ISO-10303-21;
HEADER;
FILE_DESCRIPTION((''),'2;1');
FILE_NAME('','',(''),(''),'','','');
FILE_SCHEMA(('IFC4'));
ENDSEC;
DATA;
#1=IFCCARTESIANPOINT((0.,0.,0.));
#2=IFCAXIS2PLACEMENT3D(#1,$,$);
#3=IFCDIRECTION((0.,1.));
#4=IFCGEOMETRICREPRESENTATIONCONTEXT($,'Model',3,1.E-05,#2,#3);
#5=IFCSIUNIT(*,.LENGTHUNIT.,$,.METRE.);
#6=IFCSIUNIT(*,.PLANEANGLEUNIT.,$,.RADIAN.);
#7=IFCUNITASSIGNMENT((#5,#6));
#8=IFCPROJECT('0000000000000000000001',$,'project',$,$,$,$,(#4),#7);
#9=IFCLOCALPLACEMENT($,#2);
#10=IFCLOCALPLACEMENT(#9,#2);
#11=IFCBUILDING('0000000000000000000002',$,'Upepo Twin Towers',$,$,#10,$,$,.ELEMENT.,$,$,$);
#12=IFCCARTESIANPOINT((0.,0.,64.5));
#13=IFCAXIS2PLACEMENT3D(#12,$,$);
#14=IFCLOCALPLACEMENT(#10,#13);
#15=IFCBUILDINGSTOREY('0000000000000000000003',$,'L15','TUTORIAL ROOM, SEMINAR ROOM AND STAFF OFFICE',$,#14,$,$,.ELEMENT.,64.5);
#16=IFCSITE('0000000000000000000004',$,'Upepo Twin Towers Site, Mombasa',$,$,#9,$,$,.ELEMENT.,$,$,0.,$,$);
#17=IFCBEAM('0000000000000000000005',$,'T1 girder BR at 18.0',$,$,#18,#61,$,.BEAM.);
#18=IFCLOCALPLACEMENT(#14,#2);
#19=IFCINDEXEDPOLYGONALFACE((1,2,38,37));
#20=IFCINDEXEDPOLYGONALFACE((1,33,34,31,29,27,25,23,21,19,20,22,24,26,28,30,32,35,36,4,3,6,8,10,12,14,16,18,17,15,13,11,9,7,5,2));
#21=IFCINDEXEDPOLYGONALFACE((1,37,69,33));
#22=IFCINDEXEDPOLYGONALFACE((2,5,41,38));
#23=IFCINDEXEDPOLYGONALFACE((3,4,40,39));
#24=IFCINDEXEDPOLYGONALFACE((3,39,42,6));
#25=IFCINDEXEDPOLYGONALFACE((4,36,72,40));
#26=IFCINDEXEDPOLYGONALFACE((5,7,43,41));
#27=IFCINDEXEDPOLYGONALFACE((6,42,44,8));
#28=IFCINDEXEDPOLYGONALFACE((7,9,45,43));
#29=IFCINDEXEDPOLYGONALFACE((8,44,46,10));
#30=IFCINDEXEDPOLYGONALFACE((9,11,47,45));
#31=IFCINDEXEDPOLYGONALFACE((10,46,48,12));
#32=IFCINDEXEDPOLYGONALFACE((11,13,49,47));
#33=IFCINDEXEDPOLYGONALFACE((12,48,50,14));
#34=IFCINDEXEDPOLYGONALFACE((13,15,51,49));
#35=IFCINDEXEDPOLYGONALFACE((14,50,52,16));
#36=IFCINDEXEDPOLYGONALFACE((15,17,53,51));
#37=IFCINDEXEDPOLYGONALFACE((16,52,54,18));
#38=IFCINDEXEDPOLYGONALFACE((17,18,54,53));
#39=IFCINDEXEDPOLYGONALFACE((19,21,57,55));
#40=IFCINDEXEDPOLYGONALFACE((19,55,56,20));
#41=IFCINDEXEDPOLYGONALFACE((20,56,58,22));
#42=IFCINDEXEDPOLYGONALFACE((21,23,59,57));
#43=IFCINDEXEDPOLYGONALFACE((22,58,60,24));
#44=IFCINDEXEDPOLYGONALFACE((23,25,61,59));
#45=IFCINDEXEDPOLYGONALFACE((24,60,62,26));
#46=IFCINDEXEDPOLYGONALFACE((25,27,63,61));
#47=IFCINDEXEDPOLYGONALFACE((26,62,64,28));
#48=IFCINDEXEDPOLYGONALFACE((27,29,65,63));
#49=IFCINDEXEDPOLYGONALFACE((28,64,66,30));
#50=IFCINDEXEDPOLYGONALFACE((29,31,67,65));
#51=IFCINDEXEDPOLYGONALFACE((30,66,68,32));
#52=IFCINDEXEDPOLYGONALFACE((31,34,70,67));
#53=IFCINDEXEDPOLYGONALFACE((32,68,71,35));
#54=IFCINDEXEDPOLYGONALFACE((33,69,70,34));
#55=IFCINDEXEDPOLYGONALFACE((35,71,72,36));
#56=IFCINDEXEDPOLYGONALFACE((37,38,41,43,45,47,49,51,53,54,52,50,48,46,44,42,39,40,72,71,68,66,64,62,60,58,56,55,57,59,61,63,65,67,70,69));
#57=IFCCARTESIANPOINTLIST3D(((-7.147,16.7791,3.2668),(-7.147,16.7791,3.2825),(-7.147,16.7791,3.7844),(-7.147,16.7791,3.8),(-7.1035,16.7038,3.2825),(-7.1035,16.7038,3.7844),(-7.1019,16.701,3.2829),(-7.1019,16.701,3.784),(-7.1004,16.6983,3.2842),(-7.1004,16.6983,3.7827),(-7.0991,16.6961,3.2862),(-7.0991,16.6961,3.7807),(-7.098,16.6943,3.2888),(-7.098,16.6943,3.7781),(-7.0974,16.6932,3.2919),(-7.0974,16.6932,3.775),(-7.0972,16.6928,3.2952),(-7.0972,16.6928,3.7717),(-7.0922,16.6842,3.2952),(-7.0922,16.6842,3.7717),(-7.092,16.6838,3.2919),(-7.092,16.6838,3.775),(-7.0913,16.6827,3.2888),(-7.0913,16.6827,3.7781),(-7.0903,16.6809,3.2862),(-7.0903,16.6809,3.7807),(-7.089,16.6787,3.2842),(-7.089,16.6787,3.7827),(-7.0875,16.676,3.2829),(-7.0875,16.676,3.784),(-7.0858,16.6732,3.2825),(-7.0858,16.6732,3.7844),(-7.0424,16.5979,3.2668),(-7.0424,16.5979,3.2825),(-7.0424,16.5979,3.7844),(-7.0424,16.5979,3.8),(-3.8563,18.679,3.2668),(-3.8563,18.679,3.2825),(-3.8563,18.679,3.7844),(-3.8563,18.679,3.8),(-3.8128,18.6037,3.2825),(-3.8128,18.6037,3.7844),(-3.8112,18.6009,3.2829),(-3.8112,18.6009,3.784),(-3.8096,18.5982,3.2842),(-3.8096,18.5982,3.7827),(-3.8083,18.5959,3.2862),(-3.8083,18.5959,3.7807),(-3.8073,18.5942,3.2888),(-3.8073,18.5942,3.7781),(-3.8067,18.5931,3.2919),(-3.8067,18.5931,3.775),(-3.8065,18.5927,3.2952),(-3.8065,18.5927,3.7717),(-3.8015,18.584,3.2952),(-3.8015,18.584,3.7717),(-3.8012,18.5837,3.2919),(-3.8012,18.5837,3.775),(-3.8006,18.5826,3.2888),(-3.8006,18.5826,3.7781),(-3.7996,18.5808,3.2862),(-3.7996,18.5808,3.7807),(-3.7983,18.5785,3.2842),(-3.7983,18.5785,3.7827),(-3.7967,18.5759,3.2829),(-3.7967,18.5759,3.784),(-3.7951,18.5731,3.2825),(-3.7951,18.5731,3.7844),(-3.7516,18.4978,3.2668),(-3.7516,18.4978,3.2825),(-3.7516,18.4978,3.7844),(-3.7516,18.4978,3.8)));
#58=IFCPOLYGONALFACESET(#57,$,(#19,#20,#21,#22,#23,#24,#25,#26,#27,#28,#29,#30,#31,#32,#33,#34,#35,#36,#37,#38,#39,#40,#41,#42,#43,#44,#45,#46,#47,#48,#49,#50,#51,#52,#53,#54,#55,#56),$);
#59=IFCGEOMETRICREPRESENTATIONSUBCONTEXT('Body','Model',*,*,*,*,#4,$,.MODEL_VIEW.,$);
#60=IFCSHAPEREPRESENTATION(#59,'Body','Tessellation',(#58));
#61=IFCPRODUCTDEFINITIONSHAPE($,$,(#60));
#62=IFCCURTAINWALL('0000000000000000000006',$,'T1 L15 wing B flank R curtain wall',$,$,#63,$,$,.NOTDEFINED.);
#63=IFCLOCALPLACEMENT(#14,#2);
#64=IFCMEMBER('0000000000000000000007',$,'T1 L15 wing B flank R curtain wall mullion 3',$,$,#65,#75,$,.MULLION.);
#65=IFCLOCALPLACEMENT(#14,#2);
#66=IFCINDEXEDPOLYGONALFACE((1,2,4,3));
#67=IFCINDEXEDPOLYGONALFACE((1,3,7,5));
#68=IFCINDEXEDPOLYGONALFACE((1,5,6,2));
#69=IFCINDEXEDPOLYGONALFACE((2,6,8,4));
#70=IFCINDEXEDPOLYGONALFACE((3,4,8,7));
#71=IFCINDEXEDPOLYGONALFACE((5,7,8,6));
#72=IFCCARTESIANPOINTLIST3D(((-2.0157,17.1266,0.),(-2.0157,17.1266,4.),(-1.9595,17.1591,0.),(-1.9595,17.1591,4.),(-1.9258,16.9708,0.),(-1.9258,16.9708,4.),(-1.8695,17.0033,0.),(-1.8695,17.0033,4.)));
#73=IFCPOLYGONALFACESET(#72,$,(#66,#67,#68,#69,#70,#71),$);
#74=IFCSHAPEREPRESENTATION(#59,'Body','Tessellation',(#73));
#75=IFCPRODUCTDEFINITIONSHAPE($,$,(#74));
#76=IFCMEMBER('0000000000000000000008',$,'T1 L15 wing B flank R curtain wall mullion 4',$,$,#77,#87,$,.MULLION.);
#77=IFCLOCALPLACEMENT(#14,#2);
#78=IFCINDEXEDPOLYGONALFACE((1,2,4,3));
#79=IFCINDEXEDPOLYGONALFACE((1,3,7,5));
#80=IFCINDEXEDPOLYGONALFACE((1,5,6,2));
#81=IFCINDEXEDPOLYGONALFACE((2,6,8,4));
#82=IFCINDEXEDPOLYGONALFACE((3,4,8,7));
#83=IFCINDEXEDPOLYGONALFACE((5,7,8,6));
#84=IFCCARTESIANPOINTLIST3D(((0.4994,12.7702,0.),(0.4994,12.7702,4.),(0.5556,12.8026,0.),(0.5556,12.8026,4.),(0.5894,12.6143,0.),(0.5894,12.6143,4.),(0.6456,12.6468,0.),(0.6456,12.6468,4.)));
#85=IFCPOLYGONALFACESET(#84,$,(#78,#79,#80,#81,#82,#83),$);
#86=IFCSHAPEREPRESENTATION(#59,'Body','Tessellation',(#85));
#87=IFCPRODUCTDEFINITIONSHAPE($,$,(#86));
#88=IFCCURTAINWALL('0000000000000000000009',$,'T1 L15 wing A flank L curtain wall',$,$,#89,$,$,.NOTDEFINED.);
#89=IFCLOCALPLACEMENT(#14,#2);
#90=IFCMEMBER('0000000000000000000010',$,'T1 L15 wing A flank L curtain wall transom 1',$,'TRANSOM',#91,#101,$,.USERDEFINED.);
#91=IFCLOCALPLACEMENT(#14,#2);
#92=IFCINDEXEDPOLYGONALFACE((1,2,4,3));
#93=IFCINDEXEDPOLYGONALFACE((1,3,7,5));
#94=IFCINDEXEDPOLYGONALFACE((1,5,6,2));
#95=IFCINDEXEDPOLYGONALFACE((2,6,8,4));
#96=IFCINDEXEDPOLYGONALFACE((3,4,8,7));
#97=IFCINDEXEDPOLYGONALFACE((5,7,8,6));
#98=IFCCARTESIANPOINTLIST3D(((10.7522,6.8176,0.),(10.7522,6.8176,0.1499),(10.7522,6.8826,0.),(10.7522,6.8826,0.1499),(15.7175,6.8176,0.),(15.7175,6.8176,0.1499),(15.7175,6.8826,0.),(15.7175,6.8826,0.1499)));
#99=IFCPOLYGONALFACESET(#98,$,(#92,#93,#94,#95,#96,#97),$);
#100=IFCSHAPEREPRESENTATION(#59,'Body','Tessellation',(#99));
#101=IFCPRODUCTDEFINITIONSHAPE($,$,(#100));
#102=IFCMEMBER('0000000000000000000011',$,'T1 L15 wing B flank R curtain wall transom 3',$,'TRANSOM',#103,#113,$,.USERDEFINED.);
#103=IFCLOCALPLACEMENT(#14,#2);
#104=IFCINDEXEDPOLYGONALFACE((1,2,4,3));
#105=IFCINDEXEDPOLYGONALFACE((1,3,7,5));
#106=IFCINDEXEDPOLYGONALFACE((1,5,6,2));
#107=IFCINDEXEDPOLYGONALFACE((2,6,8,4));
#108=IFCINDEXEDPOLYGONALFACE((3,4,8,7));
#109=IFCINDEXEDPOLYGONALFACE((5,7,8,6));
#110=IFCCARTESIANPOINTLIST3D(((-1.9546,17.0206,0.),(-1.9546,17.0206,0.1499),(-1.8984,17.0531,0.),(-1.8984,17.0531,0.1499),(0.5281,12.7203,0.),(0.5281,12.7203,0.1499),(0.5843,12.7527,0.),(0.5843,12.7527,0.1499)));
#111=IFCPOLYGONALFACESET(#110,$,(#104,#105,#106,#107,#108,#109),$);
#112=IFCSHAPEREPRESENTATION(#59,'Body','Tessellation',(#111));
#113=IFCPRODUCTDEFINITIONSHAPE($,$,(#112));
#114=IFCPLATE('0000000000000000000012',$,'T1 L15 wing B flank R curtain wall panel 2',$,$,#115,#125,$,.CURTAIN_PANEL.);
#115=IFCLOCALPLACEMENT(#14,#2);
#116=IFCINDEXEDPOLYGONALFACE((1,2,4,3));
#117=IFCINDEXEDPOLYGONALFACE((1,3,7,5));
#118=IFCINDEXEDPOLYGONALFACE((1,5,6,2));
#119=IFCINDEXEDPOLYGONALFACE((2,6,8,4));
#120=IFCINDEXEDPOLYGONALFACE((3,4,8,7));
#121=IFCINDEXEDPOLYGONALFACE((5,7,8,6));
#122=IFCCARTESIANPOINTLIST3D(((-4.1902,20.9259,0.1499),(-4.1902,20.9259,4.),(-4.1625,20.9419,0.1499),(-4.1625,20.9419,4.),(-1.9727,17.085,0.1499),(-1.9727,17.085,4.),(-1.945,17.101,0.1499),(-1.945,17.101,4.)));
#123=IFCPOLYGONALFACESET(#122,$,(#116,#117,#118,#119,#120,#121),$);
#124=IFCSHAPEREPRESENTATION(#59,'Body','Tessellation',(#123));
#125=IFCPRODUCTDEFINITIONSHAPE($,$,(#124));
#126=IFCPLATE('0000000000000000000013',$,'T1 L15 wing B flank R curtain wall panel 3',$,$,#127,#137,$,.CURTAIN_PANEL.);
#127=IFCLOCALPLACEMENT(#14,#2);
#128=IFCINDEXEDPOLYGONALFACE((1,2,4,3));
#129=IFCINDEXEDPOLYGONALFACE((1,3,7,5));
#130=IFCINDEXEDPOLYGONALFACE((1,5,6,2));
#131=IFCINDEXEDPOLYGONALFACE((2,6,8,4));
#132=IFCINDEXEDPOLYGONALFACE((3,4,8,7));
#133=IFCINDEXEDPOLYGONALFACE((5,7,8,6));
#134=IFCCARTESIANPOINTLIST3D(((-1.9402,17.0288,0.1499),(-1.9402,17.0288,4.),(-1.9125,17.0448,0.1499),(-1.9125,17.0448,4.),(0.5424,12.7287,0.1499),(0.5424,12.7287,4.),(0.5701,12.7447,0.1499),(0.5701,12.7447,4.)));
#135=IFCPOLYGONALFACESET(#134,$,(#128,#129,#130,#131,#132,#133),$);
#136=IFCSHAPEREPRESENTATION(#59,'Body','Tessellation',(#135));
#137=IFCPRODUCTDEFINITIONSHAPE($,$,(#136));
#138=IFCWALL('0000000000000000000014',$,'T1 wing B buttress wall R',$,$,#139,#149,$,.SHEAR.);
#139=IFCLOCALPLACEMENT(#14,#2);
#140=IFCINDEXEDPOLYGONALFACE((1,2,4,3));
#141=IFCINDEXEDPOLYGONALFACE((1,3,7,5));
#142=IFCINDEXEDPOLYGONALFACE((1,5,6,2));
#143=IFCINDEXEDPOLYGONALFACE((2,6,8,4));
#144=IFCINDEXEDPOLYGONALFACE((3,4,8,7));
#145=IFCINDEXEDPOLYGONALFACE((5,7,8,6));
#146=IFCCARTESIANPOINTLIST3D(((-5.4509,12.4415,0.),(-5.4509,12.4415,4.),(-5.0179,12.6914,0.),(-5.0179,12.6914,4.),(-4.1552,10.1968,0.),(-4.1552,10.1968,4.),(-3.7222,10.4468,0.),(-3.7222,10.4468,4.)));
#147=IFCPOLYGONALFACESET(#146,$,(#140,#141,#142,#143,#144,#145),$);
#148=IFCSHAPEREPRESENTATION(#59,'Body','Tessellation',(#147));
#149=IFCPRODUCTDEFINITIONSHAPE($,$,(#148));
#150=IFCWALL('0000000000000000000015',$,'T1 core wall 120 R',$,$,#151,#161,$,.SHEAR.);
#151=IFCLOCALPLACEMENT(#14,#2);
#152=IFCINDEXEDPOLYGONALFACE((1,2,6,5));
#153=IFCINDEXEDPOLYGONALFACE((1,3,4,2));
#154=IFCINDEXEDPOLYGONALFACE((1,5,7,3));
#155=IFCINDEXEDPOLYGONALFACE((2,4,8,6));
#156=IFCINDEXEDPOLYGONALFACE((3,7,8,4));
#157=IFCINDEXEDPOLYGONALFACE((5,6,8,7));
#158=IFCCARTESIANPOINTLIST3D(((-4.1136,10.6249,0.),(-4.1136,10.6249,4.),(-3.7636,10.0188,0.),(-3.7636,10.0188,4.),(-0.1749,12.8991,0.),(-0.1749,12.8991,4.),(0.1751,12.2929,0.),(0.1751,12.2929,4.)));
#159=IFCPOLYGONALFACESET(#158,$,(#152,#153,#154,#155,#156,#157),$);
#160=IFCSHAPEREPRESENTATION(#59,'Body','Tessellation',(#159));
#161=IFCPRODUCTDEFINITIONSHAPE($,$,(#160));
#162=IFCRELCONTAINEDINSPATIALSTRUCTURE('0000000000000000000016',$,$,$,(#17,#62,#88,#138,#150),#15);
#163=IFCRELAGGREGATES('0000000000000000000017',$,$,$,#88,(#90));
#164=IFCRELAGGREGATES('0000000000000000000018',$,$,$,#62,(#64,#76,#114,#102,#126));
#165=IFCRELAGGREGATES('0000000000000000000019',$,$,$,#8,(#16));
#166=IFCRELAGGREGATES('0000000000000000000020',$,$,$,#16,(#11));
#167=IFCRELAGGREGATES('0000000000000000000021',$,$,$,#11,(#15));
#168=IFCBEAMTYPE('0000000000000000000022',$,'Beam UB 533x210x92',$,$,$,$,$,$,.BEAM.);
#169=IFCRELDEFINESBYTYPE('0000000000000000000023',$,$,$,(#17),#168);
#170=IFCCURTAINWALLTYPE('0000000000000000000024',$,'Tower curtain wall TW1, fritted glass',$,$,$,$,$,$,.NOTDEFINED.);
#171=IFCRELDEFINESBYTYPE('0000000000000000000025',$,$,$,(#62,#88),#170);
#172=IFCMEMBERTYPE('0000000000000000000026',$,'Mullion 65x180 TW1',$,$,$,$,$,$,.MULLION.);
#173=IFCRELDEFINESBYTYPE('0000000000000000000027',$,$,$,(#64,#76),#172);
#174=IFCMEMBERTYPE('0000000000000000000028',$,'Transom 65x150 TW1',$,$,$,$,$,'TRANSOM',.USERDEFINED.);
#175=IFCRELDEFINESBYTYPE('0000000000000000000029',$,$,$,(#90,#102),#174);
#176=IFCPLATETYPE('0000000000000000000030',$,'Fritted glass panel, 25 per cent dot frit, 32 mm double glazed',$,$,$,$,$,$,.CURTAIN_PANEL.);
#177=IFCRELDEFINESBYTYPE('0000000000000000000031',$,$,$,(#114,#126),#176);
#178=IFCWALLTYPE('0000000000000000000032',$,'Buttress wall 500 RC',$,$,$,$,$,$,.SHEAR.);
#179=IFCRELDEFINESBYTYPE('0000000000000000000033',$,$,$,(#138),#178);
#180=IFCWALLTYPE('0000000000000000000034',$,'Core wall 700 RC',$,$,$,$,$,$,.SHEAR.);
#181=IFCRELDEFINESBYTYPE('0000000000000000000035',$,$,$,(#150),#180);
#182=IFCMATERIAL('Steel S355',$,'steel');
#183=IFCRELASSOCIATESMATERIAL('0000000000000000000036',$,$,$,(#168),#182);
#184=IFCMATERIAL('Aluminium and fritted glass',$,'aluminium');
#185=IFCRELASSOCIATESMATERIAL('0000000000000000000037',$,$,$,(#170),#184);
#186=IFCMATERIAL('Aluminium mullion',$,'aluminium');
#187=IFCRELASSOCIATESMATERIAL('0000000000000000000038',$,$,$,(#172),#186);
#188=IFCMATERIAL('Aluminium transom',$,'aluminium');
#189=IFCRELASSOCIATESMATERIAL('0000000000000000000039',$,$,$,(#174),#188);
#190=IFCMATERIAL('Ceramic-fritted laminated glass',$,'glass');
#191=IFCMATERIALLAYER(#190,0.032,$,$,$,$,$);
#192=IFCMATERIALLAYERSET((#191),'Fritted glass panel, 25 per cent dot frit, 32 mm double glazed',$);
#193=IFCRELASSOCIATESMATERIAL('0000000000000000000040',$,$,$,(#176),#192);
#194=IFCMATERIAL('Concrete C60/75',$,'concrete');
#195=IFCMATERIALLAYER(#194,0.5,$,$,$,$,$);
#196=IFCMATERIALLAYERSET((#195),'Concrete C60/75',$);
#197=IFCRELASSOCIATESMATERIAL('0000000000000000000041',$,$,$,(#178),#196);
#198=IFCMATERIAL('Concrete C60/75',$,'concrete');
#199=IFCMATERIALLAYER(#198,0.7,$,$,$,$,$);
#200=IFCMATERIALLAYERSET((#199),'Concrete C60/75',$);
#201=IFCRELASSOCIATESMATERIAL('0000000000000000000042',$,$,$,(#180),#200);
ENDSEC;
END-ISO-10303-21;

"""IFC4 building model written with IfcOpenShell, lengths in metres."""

from ifc_helpers import new_model, si_unit, direction, frame, frame_2d, origin, origin_2d, place, context, subcontext, project, spatial, rectangle, i_section, extrude, material, layer, layer_set, material_profile, profile_set, type_object, element, aggregate, save


model = new_model("IFC4")

# Units and contexts
model_context = context("Model", 3, precision=1e-05, world=origin(), true_north=direction((0.0, 1.0)))
body_context = subcontext(model_context, "Body", "Model", "MODEL_VIEW")
ifc_project = project(units=[si_unit("LENGTHUNIT", "METRE"), si_unit("PLANEANGLEUNIT", "RADIAN")], contexts=[model_context])

# Site, building, storey
site_placement = place(None, origin())
site = spatial("IfcSite", under=ifc_project, at=site_placement, Name="Upepo Twin Towers Site, Mombasa", CompositionType="ELEMENT", RefElevation=0.0)
building_placement = place(site_placement, origin())
building = spatial("IfcBuilding", under=site, at=building_placement, Name="Upepo Twin Towers", CompositionType="ELEMENT")
storey_placement = place(building_placement, frame((0.0, 0.0, 64.5)))
storey = spatial("IfcBuildingStorey", under=building, at=storey_placement, Name="L15", Description="TUTORIAL ROOM, SEMINAR ROOM AND STAFF OFFICE", CompositionType="ELEMENT", Elevation=64.5)

# Beam
ifc_material_1 = material(Name="Steel S355", Category="steel")
ifc_material_profile_1 = material_profile(ifc_material_1, i_section(OverallWidth=0.2092, OverallDepth=0.5332, WebThickness=0.01, FlangeThickness=0.0156, FilletRadius=0.0127, at=origin_2d()), Name="UB 533x210x92")
ifc_profile_set_1 = profile_set([ifc_material_profile_1], Name="Steel S355")
beam_type_1 = type_object("IfcBeamType", Name="Beam UB 533x210x92", PredefinedType="BEAM", material=ifc_profile_set_1)
beam_1_placement = place(storey_placement, frame((-3.804, 18.5884, 3.5334), z_axis=(-0.866028, -0.499995, 0.0), x_axis=(0.499995, -0.866028, 0.0)))
element("IfcBeam", 1, at=beam_1_placement, inside=storey, type_object=beam_type_1, Name="T1 girder BR at 18.0", PredefinedType="BEAM", context=body_context, shape_type="SweptSolid", body=[
    extrude(i_section(OverallWidth=0.2092, OverallDepth=0.5332, WebThickness=0.01, FlangeThickness=0.0156, FilletRadius=0.0127, at=origin_2d()), origin(), (0.0, 0.0, 1.0), 3.7998),
])

# Curtain wall, members
ifc_material_2 = material(Name="Aluminium and fritted glass", Category="aluminium")
curtain_wall_type = type_object("IfcCurtainWallType", Name="Tower curtain wall TW1, fritted glass", PredefinedType="NOTDEFINED", material=ifc_material_2)
curtain_wall_1_placement = place(storey_placement, origin())
curtain_wall_1 = element("IfcCurtainWall", 2, at=curtain_wall_1_placement, inside=storey, type_object=curtain_wall_type, Name="T1 L15 wing B flank R curtain wall", PredefinedType="NOTDEFINED")
ifc_material_3 = material(Name="Aluminium mullion", Category="aluminium")
ifc_material_profile_2 = material_profile(ifc_material_3, rectangle(XDim=0.0649, YDim=0.1799, at=origin_2d()), Name="MULLION 65x180")
ifc_profile_set_2 = profile_set([ifc_material_profile_2], Name="Aluminium mullion")
member_type_1 = type_object("IfcMemberType", Name="Mullion 65x180 TW1", PredefinedType="MULLION", material=ifc_profile_set_2)
member_1_placement = place(storey_placement, frame((-1.9426, 17.0649, 0.0), z_axis=(0.0, 0.0, 1.0), x_axis=(0.866025, 0.5, 0.0)))
member_1 = element("IfcMember", 3, at=member_1_placement, type_object=member_type_1, Name="T1 L15 wing B flank R curtain wall mullion 3", PredefinedType="MULLION", context=body_context, shape_type="SweptSolid", body=[
    extrude(rectangle(XDim=0.0649, YDim=0.1799, at=origin_2d()), origin(), (0.0, 0.0, 1.0), 4.0),
])
member_2_placement = place(storey_placement, frame((0.5725, 12.7085, 0.0), z_axis=(0.0, 0.0, 1.0), x_axis=(0.866025, 0.5, 0.0)))
member_2 = element("IfcMember", 4, at=member_2_placement, type_object=member_type_1, Name="T1 L15 wing B flank R curtain wall mullion 4", PredefinedType="MULLION", context=body_context, shape_type="SweptSolid", body=[
    extrude(rectangle(XDim=0.0649, YDim=0.1799, at=origin_2d()), origin(), (0.0, 0.0, 1.0), 4.0),
])

# Curtain wall, member
curtain_wall_2_placement = place(storey_placement, origin())
curtain_wall_2 = element("IfcCurtainWall", 5, at=curtain_wall_2_placement, inside=storey, type_object=curtain_wall_type, Name="T1 L15 wing A flank L curtain wall", PredefinedType="NOTDEFINED")
ifc_material_4 = material(Name="Aluminium transom", Category="aluminium")
ifc_material_profile_3 = material_profile(ifc_material_4, rectangle(XDim=0.0649, YDim=0.1499, at=origin_2d()), Name="TRANSOM 65x150")
ifc_profile_set_3 = profile_set([ifc_material_profile_3], Name="Aluminium transom")
member_type_2 = type_object("IfcMemberType", Name="Transom 65x150 TW1", ElementType="TRANSOM", PredefinedType="USERDEFINED", material=ifc_profile_set_3)
member_3_placement = place(storey_placement, frame((10.7522, 6.8501, 0.075), z_axis=(1.0, 0.0, 0.0), x_axis=(0.0, 1.0, 0.0)))
member_3 = element("IfcMember", 6, at=member_3_placement, type_object=member_type_2, Name="T1 L15 wing A flank L curtain wall transom 1", ObjectType="TRANSOM", PredefinedType="USERDEFINED", context=body_context, shape_type="SweptSolid", body=[
    extrude(rectangle(XDim=0.0649, YDim=0.1499, at=origin_2d()), origin(), (0.0, 0.0, 1.0), 4.9653),
])
aggregate(curtain_wall_2, [member_3])

# Member
member_4_placement = place(storey_placement, frame((-1.9265, 17.0369, 0.075), z_axis=(0.499983, -0.866035, 0.0), x_axis=(0.866035, 0.499983, 0.0)))
member_4 = element("IfcMember", 7, at=member_4_placement, type_object=member_type_2, Name="T1 L15 wing B flank R curtain wall transom 3", ObjectType="TRANSOM", PredefinedType="USERDEFINED", context=body_context, shape_type="SweptSolid", body=[
    extrude(rectangle(XDim=0.0649, YDim=0.1499, at=origin_2d()), origin(), (0.0, 0.0, 1.0), 4.9656),
])

# Plates
ifc_material_5 = material(Name="Ceramic-fritted laminated glass", Category="glass")
ifc_layer_1 = layer(ifc_material_5, 0.032)
ifc_layer_set_1 = layer_set([ifc_layer_1], Name="Fritted glass panel, 25 per cent dot frit, 32 mm double glazed")
plate_type = type_object("IfcPlateType", Name="Fritted glass panel, 25 per cent dot frit, 32 mm double glazed", PredefinedType="CURTAIN_PANEL", material=ifc_layer_set_1)
plate_1_placement = place(storey_placement, frame((-3.0676, 19.0134, 0.1499), z_axis=(0.0, 0.0, 1.0), x_axis=(0.5, -0.866025, 0.0)))
plate_1 = element("IfcPlate", 8, at=plate_1_placement, type_object=plate_type, Name="T1 L15 wing B flank R curtain wall panel 2", PredefinedType="CURTAIN_PANEL", context=body_context, shape_type="SweptSolid", body=[
    extrude(rectangle(XDim=4.4351, YDim=0.032, at=origin_2d()), origin(), (0.0, 0.0, 1.0), 3.8501),
])
plate_2_placement = place(storey_placement, frame((-0.6851, 14.8867, 0.1499), z_axis=(0.0, 0.0, 1.0), x_axis=(0.5, -0.866025, 0.0)))
plate_2 = element("IfcPlate", 9, at=plate_2_placement, type_object=plate_type, Name="T1 L15 wing B flank R curtain wall panel 3", PredefinedType="CURTAIN_PANEL", context=body_context, shape_type="SweptSolid", body=[
    extrude(rectangle(XDim=4.9653, YDim=0.032, at=origin_2d()), origin(), (0.0, 0.0, 1.0), 3.8501),
])
aggregate(curtain_wall_1, [member_1, member_2, plate_1, member_4, plate_2])

# Walls
ifc_material_6 = material(Name="Concrete C60/75", Category="concrete")
ifc_layer_2 = layer(ifc_material_6, 0.5)
ifc_layer_set_2 = layer_set([ifc_layer_2], Name="Concrete C60/75")
wall_type_1 = type_object("IfcWallType", Name="Buttress wall 500 RC", PredefinedType="SHEAR", material=ifc_layer_set_2)
wall_1_placement = place(storey_placement, frame((-3.9387, 10.3218, 0.0), z_axis=(0.0, 0.0, 1.0), x_axis=(-0.499918, 0.866073, 0.0)))
element("IfcWall", 10, at=wall_1_placement, inside=storey, type_object=wall_type_1, Name="T1 wing B buttress wall R", PredefinedType="SHEAR", context=body_context, shape_type="SweptSolid", body=[
    extrude(rectangle(XDim=2.5918, YDim=0.5, at=frame_2d((1.2959, 0.0))), origin(), (0.0, 0.0, 1.0), 4.0),
])
ifc_material_7 = material(Name="Concrete C60/75", Category="concrete")
ifc_layer_3 = layer(ifc_material_7, 0.7)
ifc_layer_set_3 = layer_set([ifc_layer_3], Name="Concrete C60/75")
wall_type_2 = type_object("IfcWallType", Name="Core wall 700 RC", PredefinedType="SHEAR", material=ifc_layer_set_3)
wall_2_placement = place(storey_placement, frame((0.0, 12.5959, 0.0), z_axis=(0.0, 0.0, 1.0), x_axis=(-0.866011, -0.500024, 0.0)))
element("IfcWall", 11, at=wall_2_placement, inside=storey, type_object=wall_type_2, Name="T1 core wall 120 R", PredefinedType="SHEAR", context=body_context, shape_type="SweptSolid", body=[
    extrude(rectangle(XDim=4.5481, YDim=0.7, at=frame_2d((2.2739, 0.0))), origin(), (0.0, 0.0, 1.0), 4.0),
])

save(model, "model.ifc")
